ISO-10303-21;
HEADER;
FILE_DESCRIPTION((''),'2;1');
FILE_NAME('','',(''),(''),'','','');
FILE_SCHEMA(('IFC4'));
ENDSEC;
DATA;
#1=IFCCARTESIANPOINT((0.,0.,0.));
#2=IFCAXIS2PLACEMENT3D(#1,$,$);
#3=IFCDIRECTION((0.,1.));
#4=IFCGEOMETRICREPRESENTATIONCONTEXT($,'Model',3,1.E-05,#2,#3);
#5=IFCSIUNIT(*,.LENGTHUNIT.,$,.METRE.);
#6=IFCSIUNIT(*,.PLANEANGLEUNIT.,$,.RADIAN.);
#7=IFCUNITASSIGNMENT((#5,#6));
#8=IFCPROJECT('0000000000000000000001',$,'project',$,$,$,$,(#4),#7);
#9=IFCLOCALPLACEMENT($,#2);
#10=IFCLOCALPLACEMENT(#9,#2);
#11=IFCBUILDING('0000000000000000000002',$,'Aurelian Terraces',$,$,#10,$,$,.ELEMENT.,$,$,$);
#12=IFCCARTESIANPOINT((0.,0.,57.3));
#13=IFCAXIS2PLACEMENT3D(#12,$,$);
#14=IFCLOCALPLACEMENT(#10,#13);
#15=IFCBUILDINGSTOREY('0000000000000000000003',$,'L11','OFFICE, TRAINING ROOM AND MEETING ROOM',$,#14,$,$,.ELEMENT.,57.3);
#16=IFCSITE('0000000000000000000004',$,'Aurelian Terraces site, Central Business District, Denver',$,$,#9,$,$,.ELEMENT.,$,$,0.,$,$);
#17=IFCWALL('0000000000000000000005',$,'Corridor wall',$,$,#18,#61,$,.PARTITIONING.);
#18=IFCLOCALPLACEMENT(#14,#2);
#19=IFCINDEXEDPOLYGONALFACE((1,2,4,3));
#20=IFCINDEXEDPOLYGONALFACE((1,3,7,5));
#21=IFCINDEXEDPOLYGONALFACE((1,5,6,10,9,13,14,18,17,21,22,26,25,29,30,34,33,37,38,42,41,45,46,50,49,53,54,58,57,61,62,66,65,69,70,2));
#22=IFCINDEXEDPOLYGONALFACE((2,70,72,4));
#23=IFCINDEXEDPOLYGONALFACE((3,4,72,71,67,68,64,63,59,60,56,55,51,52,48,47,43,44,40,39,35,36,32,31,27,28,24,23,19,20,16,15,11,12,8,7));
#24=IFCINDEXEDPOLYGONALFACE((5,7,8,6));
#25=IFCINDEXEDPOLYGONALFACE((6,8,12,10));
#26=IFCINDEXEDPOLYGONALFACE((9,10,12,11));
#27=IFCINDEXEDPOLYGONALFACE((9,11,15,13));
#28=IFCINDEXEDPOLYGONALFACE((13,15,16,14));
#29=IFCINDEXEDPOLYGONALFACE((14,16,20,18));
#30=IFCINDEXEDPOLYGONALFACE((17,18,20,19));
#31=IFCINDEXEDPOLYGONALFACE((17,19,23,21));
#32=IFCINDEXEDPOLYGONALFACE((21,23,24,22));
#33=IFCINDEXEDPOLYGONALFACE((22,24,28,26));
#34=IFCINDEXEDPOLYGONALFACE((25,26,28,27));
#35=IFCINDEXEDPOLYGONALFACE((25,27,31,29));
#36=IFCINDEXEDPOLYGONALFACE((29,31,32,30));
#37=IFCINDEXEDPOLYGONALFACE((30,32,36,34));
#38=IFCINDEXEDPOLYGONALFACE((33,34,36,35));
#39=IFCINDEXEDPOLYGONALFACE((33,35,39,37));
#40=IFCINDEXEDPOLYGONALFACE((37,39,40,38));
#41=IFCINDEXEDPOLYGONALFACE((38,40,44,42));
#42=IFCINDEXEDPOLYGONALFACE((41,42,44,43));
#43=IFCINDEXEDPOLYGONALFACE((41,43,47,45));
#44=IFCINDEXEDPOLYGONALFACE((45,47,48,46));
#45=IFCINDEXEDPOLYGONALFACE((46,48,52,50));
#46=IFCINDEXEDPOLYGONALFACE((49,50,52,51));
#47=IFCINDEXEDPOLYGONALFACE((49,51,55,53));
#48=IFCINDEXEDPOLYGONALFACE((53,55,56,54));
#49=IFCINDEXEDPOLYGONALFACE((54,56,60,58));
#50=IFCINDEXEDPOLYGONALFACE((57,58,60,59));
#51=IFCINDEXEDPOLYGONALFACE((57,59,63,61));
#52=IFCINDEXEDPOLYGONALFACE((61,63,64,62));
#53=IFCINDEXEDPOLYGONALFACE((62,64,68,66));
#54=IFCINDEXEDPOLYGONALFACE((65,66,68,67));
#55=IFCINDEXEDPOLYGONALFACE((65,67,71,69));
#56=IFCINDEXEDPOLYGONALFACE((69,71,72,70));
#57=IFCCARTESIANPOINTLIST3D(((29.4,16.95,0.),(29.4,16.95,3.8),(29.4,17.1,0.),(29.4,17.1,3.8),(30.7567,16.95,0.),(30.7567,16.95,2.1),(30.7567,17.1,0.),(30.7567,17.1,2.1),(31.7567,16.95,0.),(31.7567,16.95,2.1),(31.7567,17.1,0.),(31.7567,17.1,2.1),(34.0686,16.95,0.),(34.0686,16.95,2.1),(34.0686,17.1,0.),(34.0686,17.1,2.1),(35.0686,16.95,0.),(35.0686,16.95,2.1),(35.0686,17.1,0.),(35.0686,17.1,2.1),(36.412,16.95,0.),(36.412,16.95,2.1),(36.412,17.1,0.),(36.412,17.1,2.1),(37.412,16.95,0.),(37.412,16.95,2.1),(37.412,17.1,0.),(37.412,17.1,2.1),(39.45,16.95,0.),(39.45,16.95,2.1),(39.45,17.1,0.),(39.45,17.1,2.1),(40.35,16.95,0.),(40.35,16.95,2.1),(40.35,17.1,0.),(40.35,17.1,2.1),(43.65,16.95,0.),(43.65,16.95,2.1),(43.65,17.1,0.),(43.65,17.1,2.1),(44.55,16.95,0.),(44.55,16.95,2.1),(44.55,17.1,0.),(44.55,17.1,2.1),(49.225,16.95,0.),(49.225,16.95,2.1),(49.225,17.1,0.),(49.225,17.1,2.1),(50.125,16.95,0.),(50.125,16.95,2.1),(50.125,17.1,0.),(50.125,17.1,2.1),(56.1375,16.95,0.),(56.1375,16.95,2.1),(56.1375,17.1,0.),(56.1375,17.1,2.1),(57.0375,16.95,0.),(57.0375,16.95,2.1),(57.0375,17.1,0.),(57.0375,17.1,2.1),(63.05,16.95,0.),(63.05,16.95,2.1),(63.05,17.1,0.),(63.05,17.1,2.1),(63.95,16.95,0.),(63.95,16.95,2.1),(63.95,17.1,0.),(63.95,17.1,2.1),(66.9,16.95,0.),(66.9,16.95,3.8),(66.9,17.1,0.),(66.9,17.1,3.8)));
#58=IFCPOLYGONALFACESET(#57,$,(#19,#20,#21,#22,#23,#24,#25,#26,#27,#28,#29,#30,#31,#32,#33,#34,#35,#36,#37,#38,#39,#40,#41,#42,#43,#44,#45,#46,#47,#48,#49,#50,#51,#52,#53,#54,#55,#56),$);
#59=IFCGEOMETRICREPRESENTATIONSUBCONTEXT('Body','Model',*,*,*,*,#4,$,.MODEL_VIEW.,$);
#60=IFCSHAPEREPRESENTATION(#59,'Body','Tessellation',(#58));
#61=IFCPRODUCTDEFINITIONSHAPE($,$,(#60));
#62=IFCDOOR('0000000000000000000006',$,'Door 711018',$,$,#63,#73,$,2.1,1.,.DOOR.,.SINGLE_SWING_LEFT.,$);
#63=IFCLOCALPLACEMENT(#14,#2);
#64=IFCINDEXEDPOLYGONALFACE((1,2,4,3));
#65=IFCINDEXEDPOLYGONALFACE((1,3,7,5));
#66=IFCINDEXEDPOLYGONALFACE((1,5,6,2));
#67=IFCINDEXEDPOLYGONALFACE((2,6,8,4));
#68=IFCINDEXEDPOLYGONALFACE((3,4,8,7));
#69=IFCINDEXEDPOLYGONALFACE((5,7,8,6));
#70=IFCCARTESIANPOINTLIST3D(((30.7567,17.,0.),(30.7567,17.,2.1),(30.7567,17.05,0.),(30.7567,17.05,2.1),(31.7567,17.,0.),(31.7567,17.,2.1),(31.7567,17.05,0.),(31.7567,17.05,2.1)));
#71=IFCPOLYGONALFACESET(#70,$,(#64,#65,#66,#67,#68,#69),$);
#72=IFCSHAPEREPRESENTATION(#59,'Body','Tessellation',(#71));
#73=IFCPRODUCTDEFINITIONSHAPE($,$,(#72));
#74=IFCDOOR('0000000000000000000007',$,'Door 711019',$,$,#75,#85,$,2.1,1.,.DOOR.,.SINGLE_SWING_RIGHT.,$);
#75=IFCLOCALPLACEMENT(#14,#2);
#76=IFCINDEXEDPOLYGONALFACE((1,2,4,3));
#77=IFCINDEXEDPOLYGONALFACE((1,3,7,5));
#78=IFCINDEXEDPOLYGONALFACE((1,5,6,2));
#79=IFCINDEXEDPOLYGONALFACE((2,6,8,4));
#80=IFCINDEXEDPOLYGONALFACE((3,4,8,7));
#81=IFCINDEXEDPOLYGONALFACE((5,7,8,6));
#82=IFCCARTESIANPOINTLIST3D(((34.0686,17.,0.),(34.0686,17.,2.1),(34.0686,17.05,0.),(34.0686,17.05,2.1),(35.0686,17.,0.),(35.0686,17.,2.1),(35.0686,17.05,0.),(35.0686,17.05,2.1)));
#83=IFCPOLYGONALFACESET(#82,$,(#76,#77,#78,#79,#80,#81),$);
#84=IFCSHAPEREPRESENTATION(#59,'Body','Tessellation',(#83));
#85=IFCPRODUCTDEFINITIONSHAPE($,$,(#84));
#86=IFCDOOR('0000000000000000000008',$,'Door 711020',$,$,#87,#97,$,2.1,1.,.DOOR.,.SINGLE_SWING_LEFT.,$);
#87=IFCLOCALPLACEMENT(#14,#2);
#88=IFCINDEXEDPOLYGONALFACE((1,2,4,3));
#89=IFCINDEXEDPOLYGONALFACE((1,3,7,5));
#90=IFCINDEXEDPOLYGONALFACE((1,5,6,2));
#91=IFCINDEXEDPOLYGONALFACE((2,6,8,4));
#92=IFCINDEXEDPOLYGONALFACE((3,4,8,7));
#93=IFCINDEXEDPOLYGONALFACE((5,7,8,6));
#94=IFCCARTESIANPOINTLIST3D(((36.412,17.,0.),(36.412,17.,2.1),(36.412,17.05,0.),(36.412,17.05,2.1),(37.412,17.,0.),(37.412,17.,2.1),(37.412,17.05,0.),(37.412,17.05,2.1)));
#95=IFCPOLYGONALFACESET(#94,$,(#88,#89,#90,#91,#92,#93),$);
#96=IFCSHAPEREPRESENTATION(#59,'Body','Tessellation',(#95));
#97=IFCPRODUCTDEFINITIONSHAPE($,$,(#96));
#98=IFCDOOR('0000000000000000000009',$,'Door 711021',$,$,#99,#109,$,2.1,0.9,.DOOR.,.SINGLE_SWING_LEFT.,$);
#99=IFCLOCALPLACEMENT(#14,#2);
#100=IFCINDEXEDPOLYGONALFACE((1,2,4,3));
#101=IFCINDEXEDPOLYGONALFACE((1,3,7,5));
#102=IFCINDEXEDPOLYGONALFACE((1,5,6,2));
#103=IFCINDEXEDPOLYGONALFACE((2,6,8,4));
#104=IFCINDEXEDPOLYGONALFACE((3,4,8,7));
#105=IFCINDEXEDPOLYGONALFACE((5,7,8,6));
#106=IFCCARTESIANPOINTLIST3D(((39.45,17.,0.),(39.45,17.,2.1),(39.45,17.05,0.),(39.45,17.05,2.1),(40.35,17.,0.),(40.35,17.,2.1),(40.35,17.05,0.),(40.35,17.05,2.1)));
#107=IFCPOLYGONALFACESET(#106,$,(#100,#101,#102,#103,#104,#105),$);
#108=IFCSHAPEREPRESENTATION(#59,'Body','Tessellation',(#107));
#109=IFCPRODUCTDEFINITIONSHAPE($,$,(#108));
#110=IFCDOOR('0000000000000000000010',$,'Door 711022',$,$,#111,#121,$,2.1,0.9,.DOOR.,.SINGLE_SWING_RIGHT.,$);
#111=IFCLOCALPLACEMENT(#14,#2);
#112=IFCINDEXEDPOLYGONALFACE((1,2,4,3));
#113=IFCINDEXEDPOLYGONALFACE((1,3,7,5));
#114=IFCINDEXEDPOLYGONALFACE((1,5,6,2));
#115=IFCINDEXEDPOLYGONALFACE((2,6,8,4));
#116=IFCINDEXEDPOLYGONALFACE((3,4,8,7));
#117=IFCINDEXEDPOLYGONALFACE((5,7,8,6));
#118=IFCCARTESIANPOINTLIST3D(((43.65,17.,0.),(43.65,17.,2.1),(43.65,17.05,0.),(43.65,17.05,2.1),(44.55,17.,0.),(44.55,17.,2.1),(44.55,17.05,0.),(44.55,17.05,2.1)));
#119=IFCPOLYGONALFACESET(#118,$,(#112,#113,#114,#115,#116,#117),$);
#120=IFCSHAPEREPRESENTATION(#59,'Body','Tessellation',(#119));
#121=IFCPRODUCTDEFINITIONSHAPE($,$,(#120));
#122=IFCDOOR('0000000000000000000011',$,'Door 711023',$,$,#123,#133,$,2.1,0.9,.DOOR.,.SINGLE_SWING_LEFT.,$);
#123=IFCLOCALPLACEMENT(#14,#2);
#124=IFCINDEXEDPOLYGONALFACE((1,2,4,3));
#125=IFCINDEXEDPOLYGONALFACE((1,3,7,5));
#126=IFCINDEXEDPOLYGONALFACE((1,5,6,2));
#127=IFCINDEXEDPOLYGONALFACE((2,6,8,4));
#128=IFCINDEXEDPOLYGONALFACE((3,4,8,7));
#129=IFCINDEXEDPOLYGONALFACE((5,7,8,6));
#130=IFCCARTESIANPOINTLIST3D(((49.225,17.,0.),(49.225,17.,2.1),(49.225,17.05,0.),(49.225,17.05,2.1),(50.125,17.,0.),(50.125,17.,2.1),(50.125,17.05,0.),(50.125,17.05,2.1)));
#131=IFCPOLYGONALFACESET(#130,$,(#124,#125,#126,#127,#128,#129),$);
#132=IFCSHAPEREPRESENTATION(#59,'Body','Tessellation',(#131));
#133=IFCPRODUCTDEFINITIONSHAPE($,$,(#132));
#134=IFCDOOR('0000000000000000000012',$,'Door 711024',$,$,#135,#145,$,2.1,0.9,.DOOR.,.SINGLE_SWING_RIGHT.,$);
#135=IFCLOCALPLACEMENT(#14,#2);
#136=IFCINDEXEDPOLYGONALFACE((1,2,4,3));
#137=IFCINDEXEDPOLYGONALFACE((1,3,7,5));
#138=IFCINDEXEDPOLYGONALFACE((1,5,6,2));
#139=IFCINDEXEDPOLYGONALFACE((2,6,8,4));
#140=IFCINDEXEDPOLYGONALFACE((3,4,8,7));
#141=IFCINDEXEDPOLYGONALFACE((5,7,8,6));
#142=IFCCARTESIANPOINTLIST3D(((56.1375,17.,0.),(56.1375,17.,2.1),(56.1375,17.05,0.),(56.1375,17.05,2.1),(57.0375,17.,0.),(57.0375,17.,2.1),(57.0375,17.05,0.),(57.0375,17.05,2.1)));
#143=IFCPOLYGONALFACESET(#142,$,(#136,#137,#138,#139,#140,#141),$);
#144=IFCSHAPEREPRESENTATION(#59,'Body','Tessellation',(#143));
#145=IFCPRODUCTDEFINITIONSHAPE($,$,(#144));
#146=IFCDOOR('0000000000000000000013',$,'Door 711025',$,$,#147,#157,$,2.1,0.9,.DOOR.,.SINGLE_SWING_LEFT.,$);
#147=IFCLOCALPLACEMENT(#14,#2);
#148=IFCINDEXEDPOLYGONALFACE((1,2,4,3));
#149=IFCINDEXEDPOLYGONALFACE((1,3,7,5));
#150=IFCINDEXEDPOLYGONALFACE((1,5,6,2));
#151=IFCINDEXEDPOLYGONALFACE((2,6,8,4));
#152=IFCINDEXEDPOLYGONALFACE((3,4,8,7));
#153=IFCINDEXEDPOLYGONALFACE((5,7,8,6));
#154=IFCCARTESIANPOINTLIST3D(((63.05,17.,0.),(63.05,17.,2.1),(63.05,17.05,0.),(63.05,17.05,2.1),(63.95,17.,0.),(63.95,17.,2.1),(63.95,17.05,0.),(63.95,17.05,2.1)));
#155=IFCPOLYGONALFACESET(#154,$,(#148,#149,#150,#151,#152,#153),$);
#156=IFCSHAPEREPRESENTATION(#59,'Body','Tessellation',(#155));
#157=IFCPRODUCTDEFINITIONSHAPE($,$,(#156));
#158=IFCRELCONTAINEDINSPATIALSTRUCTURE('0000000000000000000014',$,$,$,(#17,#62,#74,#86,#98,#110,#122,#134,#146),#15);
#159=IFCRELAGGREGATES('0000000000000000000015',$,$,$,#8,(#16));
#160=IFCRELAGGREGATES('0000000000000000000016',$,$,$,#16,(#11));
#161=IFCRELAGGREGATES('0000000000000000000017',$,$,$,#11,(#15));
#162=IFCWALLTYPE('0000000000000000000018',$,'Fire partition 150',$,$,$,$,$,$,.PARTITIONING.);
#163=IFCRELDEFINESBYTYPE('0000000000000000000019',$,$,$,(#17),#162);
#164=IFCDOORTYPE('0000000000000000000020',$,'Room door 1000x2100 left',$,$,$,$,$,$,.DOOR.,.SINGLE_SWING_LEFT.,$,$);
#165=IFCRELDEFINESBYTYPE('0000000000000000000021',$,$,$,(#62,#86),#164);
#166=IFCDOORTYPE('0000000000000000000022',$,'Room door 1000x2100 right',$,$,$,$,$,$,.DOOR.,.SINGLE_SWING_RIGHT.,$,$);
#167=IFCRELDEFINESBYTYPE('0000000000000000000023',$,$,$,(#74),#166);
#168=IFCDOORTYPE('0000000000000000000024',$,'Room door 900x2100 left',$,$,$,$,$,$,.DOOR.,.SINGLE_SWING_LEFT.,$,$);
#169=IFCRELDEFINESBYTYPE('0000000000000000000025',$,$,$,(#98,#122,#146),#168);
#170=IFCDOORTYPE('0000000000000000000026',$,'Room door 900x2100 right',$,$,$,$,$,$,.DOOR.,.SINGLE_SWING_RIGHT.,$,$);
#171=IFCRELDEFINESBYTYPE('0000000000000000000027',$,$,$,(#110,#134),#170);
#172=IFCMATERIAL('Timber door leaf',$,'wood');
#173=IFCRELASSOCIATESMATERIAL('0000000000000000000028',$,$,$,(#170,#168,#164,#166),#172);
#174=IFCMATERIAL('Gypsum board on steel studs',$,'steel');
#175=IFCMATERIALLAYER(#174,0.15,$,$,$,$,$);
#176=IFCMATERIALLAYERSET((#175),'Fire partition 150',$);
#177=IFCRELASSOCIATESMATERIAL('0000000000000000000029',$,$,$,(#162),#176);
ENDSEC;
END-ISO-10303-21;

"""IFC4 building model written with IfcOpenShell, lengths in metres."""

from ifc_helpers import new_model, si_unit, direction, frame, frame_2d, origin, place, context, subcontext, project, spatial, rectangle, extrude, source, transform, mapped, material, layer, layer_set, type_object, element, fill, save


model = new_model("IFC4")

# Units and contexts
model_context = context("Model", 3, precision=1e-05, world=origin(), true_north=direction((0.0, 1.0)))
body_context = subcontext(model_context, "Body", "Model", "MODEL_VIEW")
ifc_project = project(units=[si_unit("LENGTHUNIT", "METRE"), si_unit("PLANEANGLEUNIT", "RADIAN")], contexts=[model_context])

# Site, building, storey
site_placement = place(None, origin())
site = spatial("IfcSite", under=ifc_project, at=site_placement, Name="Aurelian Terraces site, Central Business District, Denver", CompositionType="ELEMENT", RefElevation=0.0)
building_placement = place(site_placement, origin())
building = spatial("IfcBuilding", under=site, at=building_placement, Name="Aurelian Terraces", CompositionType="ELEMENT")
storey_placement = place(building_placement, frame((0.0, 0.0, 57.3)))
storey = spatial("IfcBuildingStorey", under=building, at=storey_placement, Name="L11", Description="OFFICE, TRAINING ROOM AND MEETING ROOM", CompositionType="ELEMENT", Elevation=57.3)

# Shared definitions
ifc_material_1 = material(Name="Gypsum board on steel studs", Category="steel")
shared_shape_1 = source(origin(), body_context, "Body", "SweptSolid", [
    extrude(rectangle(XDim=0.9, YDim=2.1, at=frame_2d((0.45, 1.05))), frame((0.0, 0.085, 0.0), z_axis=(0.0, -1.0, 0.0), x_axis=(1.0, 0.0, 0.0)), (0.0, 0.0, 1.0), 0.17),
])
ifc_material_2 = material(Name="Timber door leaf", Category="wood")
door_type_1 = type_object("IfcDoorType", Name="Room door 900x2100 right", OperationType="SINGLE_SWING_RIGHT", PredefinedType="DOOR", material=ifc_material_2)
shared_shape_2 = source(origin(), body_context, "Body", "SweptSolid", [
    extrude(rectangle(XDim=0.9, YDim=2.1, at=frame_2d((0.45, 1.05))), frame((0.0, 0.025, 0.0), z_axis=(0.0, -1.0, 0.0), x_axis=(1.0, 0.0, 0.0)), (0.0, 0.0, 1.0), 0.05),
])

# Shared definitions
ifc_layer_1 = layer(ifc_material_1, 0.15)
ifc_layer_set_1 = layer_set([ifc_layer_1], Name="Fire partition 150")
wall_type_1 = type_object("IfcWallType", Name="Fire partition 150", PredefinedType="PARTITIONING", material=ifc_layer_set_1)

# Shared definitions
door_type_2 = type_object("IfcDoorType", Name="Room door 900x2100 left", OperationType="SINGLE_SWING_LEFT", PredefinedType="DOOR", material=ifc_material_2)

# Wall, openings, doors
shared_shape_3 = source(origin(), body_context, "Body", "SweptSolid", [
    extrude(rectangle(XDim=37.5, YDim=0.15, at=frame_2d((18.75, 0.0))), origin(), (0.0, 0.0, 1.0), 3.8),
])
wall_1_placement = place(storey_placement, frame((29.4, 17.025, 0.0), z_axis=(0.0, 0.0, 1.0), x_axis=(1.0, 0.0, 0.0)))
wall_1 = element("IfcWall", 1, at=wall_1_placement, inside=storey, type_object=wall_type_1, Name="Corridor wall", PredefinedType="PARTITIONING", context=body_context, shape_type="MappedRepresentation", body=[
    mapped(shared_shape_3, transform((0.0, 0.0, 0.0), scale=1.0)),
])
shared_shape_4 = source(origin(), body_context, "Body", "SweptSolid", [
    extrude(rectangle(XDim=1.0, YDim=2.1, at=frame_2d((0.5, 1.05))), frame((0.0, 0.085, 0.0), z_axis=(0.0, -1.0, 0.0), x_axis=(1.0, 0.0, 0.0)), (0.0, 0.0, 1.0), 0.17),
])
opening_1_placement = place(wall_1_placement, frame((1.3567, 0.0, 0.0)))
opening_1 = element("IfcOpeningElement", 2, at=opening_1_placement, cuts=wall_1, PredefinedType="OPENING", context=body_context, shape_type="MappedRepresentation", body=[
    mapped(shared_shape_4, transform((0.0, 0.0, 0.0), scale=1.0)),
])
opening_2_placement = place(wall_1_placement, frame((4.6686, 0.0, 0.0)))
opening_2 = element("IfcOpeningElement", 3, at=opening_2_placement, cuts=wall_1, PredefinedType="OPENING", context=body_context, shape_type="MappedRepresentation", body=[
    mapped(shared_shape_4, transform((0.0, 0.0, 0.0), scale=1.0)),
])
opening_3_placement = place(wall_1_placement, frame((7.012, 0.0, 0.0)))
opening_3 = element("IfcOpeningElement", 4, at=opening_3_placement, cuts=wall_1, PredefinedType="OPENING", context=body_context, shape_type="MappedRepresentation", body=[
    mapped(shared_shape_4, transform((0.0, 0.0, 0.0), scale=1.0)),
])
opening_4_placement = place(wall_1_placement, frame((10.05, 0.0, 0.0)))
opening_4 = element("IfcOpeningElement", 5, at=opening_4_placement, cuts=wall_1, PredefinedType="OPENING", context=body_context, shape_type="MappedRepresentation", body=[
    mapped(shared_shape_1, transform((0.0, 0.0, 0.0), scale=1.0)),
])
opening_5_placement = place(wall_1_placement, frame((14.25, 0.0, 0.0)))
opening_5 = element("IfcOpeningElement", 6, at=opening_5_placement, cuts=wall_1, PredefinedType="OPENING", context=body_context, shape_type="MappedRepresentation", body=[
    mapped(shared_shape_1, transform((0.0, 0.0, 0.0), scale=1.0)),
])
opening_6_placement = place(wall_1_placement, frame((19.825, 0.0, 0.0)))
opening_6 = element("IfcOpeningElement", 7, at=opening_6_placement, cuts=wall_1, PredefinedType="OPENING", context=body_context, shape_type="MappedRepresentation", body=[
    mapped(shared_shape_1, transform((0.0, 0.0, 0.0), scale=1.0)),
])
opening_7_placement = place(wall_1_placement, frame((26.7375, 0.0, 0.0)))
opening_7 = element("IfcOpeningElement", 8, at=opening_7_placement, cuts=wall_1, PredefinedType="OPENING", context=body_context, shape_type="MappedRepresentation", body=[
    mapped(shared_shape_1, transform((0.0, 0.0, 0.0), scale=1.0)),
])
opening_8_placement = place(wall_1_placement, frame((33.65, 0.0, 0.0)))
opening_8 = element("IfcOpeningElement", 9, at=opening_8_placement, cuts=wall_1, PredefinedType="OPENING", context=body_context, shape_type="MappedRepresentation", body=[
    mapped(shared_shape_1, transform((0.0, 0.0, 0.0), scale=1.0)),
])
door_type_3 = type_object("IfcDoorType", Name="Room door 1000x2100 left", OperationType="SINGLE_SWING_LEFT", PredefinedType="DOOR", material=ifc_material_2)
shared_shape_5 = source(origin(), body_context, "Body", "SweptSolid", [
    extrude(rectangle(XDim=1.0, YDim=2.1, at=frame_2d((0.5, 1.05))), frame((0.0, 0.025, 0.0), z_axis=(0.0, -1.0, 0.0), x_axis=(1.0, 0.0, 0.0)), (0.0, 0.0, 1.0), 0.05),
])
door_1_placement = place(opening_1_placement, origin())
door_1 = element("IfcDoor", 10, at=door_1_placement, inside=storey, type_object=door_type_3, Name="Door 711018", OperationType="SINGLE_SWING_LEFT", OverallHeight=2.1, OverallWidth=1.0, PredefinedType="DOOR", context=body_context, shape_type="MappedRepresentation", body=[
    mapped(shared_shape_5, transform((0.0, 0.0, 0.0), scale=1.0)),
])
fill(opening_1, door_1)
door_type_4 = type_object("IfcDoorType", Name="Room door 1000x2100 right", OperationType="SINGLE_SWING_RIGHT", PredefinedType="DOOR", material=ifc_material_2)
door_2_placement = place(opening_2_placement, origin())
door_2 = element("IfcDoor", 11, at=door_2_placement, inside=storey, type_object=door_type_4, Name="Door 711019", OperationType="SINGLE_SWING_RIGHT", OverallHeight=2.1, OverallWidth=1.0, PredefinedType="DOOR", context=body_context, shape_type="MappedRepresentation", body=[
    mapped(shared_shape_5, transform((0.0, 0.0, 0.0), scale=1.0)),
])
fill(opening_2, door_2)
door_3_placement = place(opening_3_placement, origin())
door_3 = element("IfcDoor", 12, at=door_3_placement, inside=storey, type_object=door_type_3, Name="Door 711020", OperationType="SINGLE_SWING_LEFT", OverallHeight=2.1, OverallWidth=1.0, PredefinedType="DOOR", context=body_context, shape_type="MappedRepresentation", body=[
    mapped(shared_shape_5, transform((0.0, 0.0, 0.0), scale=1.0)),
])
fill(opening_3, door_3)
door_4_placement = place(opening_4_placement, origin())
door_4 = element("IfcDoor", 13, at=door_4_placement, inside=storey, type_object=door_type_2, Name="Door 711021", OperationType="SINGLE_SWING_LEFT", OverallHeight=2.1, OverallWidth=0.9, PredefinedType="DOOR", context=body_context, shape_type="MappedRepresentation", body=[
    mapped(shared_shape_2, transform((0.0, 0.0, 0.0), scale=1.0)),
])
fill(opening_4, door_4)
door_5_placement = place(opening_5_placement, origin())
door_5 = element("IfcDoor", 14, at=door_5_placement, inside=storey, type_object=door_type_1, Name="Door 711022", OperationType="SINGLE_SWING_RIGHT", OverallHeight=2.1, OverallWidth=0.9, PredefinedType="DOOR", context=body_context, shape_type="MappedRepresentation", body=[
    mapped(shared_shape_2, transform((0.0, 0.0, 0.0), scale=1.0)),
])
fill(opening_5, door_5)
door_6_placement = place(opening_6_placement, origin())
door_6 = element("IfcDoor", 15, at=door_6_placement, inside=storey, type_object=door_type_2, Name="Door 711023", OperationType="SINGLE_SWING_LEFT", OverallHeight=2.1, OverallWidth=0.9, PredefinedType="DOOR", context=body_context, shape_type="MappedRepresentation", body=[
    mapped(shared_shape_2, transform((0.0, 0.0, 0.0), scale=1.0)),
])
fill(opening_6, door_6)
door_7_placement = place(opening_7_placement, origin())
door_7 = element("IfcDoor", 16, at=door_7_placement, inside=storey, type_object=door_type_1, Name="Door 711024", OperationType="SINGLE_SWING_RIGHT", OverallHeight=2.1, OverallWidth=0.9, PredefinedType="DOOR", context=body_context, shape_type="MappedRepresentation", body=[
    mapped(shared_shape_2, transform((0.0, 0.0, 0.0), scale=1.0)),
])
fill(opening_7, door_7)
door_8_placement = place(opening_8_placement, origin())
door_8 = element("IfcDoor", 17, at=door_8_placement, inside=storey, type_object=door_type_2, Name="Door 711025", OperationType="SINGLE_SWING_LEFT", OverallHeight=2.1, OverallWidth=0.9, PredefinedType="DOOR", context=body_context, shape_type="MappedRepresentation", body=[
    mapped(shared_shape_2, transform((0.0, 0.0, 0.0), scale=1.0)),
])
fill(opening_8, door_8)

save(model, "model.ifc")
